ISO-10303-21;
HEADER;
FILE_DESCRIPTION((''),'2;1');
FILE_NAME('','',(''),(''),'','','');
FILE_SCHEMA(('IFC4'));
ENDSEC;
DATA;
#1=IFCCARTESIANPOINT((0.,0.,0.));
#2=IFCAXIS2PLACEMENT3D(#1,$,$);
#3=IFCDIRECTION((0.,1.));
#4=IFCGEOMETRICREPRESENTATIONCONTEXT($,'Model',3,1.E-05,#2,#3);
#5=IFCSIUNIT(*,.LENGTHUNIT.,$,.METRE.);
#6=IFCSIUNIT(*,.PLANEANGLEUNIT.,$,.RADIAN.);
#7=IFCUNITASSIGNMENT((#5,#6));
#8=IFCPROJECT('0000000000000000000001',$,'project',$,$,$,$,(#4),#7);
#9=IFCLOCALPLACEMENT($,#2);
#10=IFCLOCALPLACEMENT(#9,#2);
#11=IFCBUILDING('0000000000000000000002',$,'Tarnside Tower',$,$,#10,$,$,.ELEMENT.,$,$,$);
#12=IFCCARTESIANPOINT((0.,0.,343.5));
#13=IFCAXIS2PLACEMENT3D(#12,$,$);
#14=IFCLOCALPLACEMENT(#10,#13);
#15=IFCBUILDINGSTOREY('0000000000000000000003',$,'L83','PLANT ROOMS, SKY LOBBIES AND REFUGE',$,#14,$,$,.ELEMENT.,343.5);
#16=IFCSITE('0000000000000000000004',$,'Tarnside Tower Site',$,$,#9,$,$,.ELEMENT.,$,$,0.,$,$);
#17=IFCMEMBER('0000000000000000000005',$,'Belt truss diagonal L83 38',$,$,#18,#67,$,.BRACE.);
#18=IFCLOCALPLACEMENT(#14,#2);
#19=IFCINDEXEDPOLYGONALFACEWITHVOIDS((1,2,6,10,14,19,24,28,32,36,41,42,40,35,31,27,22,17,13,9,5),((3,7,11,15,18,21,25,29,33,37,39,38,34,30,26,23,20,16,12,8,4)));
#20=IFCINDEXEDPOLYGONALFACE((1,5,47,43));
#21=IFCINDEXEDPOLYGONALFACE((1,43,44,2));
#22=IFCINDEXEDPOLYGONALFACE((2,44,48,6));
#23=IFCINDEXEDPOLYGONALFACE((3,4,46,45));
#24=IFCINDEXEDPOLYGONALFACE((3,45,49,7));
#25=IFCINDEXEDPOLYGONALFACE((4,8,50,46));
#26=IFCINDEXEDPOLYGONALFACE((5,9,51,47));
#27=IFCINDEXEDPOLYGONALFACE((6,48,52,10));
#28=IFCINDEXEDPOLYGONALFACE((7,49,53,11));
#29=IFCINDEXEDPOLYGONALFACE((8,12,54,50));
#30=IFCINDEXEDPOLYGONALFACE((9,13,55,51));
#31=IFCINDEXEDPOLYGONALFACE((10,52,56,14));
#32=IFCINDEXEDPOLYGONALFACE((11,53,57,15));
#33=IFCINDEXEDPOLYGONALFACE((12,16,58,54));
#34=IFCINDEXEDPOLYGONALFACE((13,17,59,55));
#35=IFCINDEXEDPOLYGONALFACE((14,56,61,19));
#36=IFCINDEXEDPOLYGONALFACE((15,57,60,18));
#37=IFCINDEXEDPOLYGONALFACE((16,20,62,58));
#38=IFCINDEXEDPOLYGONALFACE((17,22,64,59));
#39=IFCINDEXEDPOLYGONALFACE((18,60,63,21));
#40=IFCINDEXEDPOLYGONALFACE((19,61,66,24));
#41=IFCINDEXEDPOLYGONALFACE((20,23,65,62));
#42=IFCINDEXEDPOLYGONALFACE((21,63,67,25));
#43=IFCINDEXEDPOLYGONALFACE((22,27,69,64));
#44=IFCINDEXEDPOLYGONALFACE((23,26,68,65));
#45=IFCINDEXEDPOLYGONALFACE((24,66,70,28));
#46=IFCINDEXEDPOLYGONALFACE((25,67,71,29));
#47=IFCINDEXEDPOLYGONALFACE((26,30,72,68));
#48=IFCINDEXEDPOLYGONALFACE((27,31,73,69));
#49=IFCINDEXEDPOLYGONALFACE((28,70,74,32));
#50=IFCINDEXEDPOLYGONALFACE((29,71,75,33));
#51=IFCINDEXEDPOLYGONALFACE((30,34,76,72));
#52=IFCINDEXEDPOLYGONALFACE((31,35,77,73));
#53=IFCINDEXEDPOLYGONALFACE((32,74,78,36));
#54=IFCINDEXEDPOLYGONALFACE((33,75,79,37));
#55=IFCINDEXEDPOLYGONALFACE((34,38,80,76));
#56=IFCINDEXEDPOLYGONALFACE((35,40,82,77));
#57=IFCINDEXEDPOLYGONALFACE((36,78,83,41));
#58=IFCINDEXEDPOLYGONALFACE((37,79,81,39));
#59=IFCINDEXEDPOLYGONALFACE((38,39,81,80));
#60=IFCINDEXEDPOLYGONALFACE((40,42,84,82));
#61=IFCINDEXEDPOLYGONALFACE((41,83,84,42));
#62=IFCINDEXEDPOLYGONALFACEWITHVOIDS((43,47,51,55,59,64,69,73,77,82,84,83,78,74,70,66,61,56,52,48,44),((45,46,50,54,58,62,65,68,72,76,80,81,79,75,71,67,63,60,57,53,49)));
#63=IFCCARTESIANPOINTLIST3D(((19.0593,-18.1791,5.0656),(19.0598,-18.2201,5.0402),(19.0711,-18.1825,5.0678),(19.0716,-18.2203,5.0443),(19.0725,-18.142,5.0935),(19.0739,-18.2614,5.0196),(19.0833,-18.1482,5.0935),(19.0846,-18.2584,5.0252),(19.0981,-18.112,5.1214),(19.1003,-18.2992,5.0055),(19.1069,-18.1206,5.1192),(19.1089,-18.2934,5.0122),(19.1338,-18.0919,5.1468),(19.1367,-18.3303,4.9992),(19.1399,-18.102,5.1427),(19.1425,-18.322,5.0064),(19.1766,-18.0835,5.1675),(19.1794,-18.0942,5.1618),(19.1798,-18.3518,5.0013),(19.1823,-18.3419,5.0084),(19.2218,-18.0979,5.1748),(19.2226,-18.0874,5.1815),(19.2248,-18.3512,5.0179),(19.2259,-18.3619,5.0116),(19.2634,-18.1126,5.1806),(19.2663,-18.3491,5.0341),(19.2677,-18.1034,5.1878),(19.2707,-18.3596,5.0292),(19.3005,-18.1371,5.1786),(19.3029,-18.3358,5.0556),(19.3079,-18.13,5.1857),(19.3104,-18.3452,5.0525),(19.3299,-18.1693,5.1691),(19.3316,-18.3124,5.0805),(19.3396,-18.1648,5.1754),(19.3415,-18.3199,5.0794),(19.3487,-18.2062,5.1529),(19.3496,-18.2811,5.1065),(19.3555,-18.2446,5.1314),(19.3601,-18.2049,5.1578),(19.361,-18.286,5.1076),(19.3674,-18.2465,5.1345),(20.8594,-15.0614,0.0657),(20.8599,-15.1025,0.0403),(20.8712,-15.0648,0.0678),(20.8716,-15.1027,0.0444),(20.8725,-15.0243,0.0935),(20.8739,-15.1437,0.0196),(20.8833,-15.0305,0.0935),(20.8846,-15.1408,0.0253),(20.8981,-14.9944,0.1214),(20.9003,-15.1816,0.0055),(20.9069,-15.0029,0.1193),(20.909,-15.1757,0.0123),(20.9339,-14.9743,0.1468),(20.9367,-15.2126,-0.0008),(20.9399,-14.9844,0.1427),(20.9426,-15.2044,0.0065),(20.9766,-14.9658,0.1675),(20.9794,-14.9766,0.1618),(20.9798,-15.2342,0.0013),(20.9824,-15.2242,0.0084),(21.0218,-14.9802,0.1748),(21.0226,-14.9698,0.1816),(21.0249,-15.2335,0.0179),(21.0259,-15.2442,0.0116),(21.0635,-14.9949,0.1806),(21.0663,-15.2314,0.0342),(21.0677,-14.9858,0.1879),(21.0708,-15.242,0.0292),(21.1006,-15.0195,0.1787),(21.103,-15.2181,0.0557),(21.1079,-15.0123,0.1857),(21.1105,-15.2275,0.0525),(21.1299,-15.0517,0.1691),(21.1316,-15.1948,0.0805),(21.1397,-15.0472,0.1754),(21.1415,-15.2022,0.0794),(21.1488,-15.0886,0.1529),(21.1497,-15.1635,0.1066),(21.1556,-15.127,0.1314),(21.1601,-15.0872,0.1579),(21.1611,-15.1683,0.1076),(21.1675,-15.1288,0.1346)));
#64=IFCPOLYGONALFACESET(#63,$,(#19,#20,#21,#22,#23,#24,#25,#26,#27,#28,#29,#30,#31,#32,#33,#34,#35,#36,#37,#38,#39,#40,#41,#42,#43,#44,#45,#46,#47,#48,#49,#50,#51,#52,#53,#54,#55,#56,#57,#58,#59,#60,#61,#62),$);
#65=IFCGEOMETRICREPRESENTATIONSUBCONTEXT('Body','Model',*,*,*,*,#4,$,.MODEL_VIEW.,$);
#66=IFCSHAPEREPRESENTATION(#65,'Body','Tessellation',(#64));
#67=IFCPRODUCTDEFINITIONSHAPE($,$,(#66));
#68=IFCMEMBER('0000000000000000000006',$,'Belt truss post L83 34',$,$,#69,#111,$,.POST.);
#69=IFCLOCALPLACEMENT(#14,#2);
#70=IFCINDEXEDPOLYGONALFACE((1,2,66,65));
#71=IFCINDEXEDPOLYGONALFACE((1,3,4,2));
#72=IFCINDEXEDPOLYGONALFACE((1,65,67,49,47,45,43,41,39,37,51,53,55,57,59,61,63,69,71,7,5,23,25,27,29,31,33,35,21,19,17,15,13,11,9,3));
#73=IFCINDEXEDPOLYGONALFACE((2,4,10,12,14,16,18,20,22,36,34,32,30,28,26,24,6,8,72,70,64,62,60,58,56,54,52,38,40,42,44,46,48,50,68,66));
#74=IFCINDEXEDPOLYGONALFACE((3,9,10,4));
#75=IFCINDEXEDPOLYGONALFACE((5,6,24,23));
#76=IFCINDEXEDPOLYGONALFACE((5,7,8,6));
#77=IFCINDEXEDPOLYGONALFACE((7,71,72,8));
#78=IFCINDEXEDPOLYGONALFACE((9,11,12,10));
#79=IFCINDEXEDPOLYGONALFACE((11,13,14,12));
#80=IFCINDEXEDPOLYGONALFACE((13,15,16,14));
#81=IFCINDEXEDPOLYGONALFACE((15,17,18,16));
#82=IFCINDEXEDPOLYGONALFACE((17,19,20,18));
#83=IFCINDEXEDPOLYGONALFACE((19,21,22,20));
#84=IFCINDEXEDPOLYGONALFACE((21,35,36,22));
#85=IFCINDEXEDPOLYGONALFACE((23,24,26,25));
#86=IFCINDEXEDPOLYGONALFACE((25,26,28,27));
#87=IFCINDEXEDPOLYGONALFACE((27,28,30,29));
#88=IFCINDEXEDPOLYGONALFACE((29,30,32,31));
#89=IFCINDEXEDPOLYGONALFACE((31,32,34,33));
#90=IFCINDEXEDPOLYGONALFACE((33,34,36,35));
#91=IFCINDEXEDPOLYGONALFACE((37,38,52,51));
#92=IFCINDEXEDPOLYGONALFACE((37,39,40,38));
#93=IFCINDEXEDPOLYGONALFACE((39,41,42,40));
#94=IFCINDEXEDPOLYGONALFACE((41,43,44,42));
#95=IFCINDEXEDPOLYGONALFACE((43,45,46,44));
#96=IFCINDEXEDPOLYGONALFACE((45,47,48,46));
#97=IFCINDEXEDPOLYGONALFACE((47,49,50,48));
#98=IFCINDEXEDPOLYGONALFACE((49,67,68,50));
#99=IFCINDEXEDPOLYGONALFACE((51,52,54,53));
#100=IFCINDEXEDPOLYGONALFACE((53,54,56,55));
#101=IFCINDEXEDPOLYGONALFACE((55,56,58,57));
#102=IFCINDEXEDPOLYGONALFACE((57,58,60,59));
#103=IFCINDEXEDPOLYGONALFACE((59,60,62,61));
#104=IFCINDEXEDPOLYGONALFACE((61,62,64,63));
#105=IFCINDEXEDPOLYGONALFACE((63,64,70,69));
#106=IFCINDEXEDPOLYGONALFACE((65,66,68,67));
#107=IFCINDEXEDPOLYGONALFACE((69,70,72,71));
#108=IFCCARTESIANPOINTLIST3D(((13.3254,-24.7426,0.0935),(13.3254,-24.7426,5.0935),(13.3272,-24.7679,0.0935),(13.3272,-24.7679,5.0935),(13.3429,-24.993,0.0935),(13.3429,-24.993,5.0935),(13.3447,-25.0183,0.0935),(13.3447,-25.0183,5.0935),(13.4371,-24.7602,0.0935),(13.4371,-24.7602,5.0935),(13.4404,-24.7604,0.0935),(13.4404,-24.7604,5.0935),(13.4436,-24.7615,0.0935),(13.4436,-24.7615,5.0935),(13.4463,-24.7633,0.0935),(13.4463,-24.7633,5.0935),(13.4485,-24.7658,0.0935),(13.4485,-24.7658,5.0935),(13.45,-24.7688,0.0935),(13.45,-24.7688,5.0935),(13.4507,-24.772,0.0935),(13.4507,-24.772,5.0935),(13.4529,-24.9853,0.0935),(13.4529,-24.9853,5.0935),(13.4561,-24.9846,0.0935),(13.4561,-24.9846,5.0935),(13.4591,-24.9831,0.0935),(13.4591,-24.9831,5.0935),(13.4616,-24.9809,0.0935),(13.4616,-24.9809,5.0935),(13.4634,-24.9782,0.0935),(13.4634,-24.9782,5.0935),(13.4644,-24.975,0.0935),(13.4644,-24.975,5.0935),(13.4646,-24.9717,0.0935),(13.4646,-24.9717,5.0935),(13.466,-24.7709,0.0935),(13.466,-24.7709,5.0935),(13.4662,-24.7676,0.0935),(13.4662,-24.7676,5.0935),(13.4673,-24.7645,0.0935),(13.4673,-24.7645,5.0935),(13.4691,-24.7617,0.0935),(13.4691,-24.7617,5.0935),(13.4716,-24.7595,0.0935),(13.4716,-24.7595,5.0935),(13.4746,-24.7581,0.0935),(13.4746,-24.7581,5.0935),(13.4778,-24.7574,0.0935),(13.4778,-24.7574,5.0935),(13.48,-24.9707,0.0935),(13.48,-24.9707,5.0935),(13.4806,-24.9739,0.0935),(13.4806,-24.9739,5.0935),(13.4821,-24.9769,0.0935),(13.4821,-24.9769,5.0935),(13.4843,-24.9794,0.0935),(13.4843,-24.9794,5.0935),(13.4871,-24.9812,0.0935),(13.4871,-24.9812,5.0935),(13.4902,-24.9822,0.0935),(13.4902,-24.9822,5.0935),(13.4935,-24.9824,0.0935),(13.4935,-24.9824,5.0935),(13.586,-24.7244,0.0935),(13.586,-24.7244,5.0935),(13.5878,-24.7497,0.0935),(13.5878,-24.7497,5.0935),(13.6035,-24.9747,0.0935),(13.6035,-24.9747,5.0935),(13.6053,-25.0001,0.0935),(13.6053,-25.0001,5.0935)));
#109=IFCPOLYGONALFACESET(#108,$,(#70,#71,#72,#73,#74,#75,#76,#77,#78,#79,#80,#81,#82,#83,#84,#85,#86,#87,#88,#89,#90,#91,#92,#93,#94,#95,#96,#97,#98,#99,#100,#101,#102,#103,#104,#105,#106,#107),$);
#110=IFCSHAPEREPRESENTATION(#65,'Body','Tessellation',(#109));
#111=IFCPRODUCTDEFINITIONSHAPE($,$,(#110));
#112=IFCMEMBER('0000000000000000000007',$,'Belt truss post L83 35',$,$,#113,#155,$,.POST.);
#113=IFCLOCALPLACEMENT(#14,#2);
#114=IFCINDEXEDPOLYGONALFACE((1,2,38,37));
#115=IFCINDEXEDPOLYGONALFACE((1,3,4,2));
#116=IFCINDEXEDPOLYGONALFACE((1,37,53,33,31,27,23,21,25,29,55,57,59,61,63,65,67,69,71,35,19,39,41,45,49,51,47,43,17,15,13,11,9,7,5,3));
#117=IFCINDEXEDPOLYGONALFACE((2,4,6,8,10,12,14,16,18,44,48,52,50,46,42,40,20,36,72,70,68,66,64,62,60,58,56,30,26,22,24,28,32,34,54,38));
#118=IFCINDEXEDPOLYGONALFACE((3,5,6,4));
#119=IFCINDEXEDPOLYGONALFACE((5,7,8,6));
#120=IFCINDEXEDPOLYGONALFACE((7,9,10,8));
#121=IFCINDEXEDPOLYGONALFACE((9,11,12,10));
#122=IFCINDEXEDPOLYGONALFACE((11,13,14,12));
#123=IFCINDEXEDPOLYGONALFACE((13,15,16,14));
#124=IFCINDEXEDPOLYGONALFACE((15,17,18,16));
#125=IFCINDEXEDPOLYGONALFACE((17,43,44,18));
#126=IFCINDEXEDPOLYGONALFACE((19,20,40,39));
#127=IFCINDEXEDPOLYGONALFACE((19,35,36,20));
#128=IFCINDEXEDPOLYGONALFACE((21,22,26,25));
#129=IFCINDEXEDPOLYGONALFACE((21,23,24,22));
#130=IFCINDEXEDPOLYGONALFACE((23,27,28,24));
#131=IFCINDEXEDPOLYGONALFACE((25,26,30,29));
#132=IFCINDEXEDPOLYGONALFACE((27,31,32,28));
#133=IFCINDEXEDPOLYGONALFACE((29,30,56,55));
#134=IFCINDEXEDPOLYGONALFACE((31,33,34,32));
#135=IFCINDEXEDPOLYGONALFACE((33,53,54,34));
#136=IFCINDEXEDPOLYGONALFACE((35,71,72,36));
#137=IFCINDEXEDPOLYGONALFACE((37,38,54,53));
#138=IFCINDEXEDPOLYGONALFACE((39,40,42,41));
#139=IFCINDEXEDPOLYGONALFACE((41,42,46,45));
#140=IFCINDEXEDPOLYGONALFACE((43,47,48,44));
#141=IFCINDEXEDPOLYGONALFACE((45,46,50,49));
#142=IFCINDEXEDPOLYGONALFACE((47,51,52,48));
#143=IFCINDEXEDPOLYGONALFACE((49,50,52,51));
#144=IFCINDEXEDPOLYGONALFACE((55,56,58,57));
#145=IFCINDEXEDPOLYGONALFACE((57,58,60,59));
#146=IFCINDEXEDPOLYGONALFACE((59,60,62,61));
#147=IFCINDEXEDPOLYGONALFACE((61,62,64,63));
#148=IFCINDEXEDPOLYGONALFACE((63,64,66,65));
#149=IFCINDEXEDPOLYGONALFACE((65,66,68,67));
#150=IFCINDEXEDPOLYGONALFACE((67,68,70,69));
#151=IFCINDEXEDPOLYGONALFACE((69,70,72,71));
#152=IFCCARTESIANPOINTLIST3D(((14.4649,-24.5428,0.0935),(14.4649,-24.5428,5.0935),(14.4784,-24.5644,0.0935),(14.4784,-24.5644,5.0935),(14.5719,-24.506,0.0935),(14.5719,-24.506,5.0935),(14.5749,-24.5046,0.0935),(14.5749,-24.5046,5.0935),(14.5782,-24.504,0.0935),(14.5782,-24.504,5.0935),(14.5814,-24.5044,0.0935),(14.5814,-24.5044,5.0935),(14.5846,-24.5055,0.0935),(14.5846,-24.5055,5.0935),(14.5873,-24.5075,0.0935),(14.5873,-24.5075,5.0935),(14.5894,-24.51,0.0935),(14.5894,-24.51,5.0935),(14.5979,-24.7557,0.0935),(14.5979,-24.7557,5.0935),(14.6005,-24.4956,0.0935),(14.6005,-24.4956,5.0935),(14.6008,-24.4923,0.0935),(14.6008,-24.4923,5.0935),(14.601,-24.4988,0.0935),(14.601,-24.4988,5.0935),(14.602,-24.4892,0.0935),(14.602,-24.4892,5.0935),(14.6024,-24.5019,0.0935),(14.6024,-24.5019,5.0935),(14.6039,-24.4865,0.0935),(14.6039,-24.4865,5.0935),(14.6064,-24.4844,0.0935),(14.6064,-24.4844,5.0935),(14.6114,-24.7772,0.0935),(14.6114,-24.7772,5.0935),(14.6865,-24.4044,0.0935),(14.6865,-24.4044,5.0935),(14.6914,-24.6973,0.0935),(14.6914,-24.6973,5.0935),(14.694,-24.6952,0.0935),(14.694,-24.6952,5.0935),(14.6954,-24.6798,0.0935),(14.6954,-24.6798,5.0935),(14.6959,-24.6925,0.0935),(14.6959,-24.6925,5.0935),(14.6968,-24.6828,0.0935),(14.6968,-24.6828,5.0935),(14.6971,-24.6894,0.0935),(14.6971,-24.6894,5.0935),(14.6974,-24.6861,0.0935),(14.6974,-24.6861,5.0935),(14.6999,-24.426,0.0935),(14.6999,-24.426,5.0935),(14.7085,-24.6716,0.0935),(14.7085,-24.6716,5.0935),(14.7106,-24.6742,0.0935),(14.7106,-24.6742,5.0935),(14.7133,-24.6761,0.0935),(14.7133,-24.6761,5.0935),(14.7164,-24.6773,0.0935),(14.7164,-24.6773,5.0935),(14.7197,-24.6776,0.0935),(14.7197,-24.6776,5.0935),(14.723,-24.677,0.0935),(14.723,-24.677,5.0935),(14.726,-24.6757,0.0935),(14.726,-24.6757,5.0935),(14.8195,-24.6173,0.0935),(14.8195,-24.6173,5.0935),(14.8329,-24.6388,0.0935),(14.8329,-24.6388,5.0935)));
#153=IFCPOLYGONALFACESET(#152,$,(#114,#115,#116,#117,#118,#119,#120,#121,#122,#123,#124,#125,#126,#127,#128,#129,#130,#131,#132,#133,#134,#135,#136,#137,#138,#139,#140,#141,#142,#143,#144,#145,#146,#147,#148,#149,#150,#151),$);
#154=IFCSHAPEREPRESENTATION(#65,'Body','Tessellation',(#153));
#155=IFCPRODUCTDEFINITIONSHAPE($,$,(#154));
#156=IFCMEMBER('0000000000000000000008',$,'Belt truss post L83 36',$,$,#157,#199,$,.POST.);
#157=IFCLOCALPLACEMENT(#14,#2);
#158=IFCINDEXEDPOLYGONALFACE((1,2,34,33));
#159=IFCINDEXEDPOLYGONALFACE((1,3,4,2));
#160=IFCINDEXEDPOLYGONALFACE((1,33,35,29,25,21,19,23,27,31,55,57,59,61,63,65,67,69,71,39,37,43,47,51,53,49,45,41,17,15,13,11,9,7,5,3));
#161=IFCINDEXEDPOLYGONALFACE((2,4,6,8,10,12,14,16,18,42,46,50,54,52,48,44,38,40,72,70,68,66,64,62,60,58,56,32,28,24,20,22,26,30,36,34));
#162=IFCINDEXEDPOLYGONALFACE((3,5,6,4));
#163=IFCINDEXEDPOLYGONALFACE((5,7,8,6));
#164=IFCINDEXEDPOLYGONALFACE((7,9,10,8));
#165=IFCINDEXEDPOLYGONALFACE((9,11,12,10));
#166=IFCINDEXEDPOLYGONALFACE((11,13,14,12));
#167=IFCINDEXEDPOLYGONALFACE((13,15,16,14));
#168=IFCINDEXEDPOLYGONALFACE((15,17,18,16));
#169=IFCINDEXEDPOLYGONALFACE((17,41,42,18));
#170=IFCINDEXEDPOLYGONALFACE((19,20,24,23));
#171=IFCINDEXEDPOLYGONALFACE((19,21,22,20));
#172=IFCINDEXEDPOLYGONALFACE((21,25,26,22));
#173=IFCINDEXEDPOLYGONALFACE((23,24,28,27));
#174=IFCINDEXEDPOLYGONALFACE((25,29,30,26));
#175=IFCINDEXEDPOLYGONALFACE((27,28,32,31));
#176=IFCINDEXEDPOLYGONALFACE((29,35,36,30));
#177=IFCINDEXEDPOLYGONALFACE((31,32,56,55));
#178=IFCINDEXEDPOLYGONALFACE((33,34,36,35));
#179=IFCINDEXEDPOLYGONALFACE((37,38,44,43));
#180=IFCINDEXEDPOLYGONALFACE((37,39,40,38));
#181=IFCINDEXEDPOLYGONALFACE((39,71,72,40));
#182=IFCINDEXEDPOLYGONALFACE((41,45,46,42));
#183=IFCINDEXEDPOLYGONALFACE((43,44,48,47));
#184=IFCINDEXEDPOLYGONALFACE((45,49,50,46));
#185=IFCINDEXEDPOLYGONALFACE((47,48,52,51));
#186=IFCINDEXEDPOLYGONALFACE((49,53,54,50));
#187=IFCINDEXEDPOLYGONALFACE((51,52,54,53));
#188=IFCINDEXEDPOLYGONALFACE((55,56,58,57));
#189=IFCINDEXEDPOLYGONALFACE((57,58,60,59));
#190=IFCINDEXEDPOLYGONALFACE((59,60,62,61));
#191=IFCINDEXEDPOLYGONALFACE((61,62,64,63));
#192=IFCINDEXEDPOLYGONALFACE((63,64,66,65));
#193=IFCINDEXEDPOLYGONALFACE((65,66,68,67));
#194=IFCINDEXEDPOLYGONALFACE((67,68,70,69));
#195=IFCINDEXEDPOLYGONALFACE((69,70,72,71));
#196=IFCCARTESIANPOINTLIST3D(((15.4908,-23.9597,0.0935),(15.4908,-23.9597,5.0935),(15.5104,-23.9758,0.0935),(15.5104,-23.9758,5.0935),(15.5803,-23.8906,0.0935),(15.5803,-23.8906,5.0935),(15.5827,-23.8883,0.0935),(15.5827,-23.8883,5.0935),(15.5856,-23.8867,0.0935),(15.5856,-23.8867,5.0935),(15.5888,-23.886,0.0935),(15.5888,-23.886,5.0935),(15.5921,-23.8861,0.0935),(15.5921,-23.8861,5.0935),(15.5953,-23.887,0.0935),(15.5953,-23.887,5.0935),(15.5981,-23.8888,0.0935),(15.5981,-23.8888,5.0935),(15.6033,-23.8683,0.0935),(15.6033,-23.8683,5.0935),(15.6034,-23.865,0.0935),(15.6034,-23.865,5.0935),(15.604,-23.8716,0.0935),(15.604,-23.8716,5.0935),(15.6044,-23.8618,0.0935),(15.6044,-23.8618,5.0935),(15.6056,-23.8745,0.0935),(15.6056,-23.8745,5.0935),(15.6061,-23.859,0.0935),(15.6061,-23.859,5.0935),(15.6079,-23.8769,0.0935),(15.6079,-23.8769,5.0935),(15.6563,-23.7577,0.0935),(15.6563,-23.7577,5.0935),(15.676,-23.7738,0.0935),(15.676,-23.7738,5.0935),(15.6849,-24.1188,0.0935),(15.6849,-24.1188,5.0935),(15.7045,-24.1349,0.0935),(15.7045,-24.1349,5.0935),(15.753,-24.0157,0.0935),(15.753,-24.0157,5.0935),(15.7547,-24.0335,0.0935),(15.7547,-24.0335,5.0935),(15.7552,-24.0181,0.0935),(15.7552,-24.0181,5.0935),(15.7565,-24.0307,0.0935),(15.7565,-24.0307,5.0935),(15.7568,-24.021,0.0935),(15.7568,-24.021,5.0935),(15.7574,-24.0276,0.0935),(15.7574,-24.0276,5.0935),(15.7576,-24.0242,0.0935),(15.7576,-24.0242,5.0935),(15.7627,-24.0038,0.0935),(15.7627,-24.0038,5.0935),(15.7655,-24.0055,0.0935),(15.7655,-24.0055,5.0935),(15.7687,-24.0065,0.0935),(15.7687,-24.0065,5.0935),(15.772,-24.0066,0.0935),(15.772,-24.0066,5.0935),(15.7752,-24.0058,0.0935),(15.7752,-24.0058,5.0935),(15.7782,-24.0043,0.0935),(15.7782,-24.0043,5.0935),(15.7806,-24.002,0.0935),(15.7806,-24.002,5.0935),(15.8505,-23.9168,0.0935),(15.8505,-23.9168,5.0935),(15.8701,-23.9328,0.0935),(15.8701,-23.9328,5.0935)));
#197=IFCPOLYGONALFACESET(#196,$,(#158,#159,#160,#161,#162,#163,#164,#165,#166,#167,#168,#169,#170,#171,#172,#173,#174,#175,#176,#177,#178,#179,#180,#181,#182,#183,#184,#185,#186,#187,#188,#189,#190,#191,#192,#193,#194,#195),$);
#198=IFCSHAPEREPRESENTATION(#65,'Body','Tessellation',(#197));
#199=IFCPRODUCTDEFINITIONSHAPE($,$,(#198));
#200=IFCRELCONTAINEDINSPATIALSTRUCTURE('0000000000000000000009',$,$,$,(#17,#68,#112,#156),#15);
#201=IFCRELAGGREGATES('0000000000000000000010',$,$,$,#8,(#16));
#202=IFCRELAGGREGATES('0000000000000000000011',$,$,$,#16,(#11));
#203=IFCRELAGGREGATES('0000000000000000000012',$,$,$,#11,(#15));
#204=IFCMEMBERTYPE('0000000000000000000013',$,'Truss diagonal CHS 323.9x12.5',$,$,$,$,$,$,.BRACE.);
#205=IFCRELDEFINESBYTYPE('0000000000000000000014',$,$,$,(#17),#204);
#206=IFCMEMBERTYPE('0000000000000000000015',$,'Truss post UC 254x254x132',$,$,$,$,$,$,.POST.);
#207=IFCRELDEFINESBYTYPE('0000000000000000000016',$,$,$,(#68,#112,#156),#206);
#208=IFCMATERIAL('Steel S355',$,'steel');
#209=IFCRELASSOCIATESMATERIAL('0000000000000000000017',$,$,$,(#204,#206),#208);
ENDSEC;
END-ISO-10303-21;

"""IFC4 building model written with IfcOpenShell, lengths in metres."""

from ifc_helpers import new_model, si_unit, direction, frame, origin, origin_2d, place, context, subcontext, project, spatial, hollow_circle, i_section, extrude, material, material_profile, profile_set, type_object, element, save


model = new_model("IFC4")

# Units and contexts
model_context = context("Model", 3, precision=1e-05, world=origin(), true_north=direction((0.0, 1.0)))
body_context = subcontext(model_context, "Body", "Model", "MODEL_VIEW")
ifc_project = project(units=[si_unit("LENGTHUNIT", "METRE"), si_unit("PLANEANGLEUNIT", "RADIAN")], contexts=[model_context])

# Site, building, storey
site_placement = place(None, origin())
site = spatial("IfcSite", under=ifc_project, at=site_placement, Name="Tarnside Tower Site", CompositionType="ELEMENT", RefElevation=0.0)
building_placement = place(site_placement, origin())
building = spatial("IfcBuilding", under=site, at=building_placement, Name="Tarnside Tower", CompositionType="ELEMENT")
storey_placement = place(building_placement, frame((0.0, 0.0, 343.5)))
storey = spatial("IfcBuildingStorey", under=building, at=storey_placement, Name="L83", Description="PLANT ROOMS, SKY LOBBIES AND REFUGE", CompositionType="ELEMENT", Elevation=343.5)

# Shared definitions
ifc_material_1 = material(Name="Steel S355", Category="steel")

# Members
ifc_material_profile_1 = material_profile(ifc_material_1, hollow_circle(Radius=0.1619, WallThickness=0.0125, at=origin_2d()), Name="CHS 323.9x12.5")
ifc_profile_set_1 = profile_set([ifc_material_profile_1], Name="Steel S355")
member_type_1 = type_object("IfcMemberType", Name="Truss diagonal CHS 323.9x12.5", PredefinedType="BRACE", material=ifc_profile_set_1)
member_1_placement = place(storey_placement, frame((19.2126, -18.2229, 5.0935), z_axis=(0.29216, 0.50602, -0.811534), x_axis=(-0.866018, 0.500012, 0.0)))
element("IfcMember", 1, at=member_1_placement, inside=storey, type_object=member_type_1, Name="Belt truss diagonal L83 38", PredefinedType="BRACE", context=body_context, shape_type="SweptSolid", body=[
    extrude(hollow_circle(Radius=0.1619, WallThickness=0.0125, at=origin_2d()), origin(), (0.0, 0.0, 1.0), 6.1611),
])
ifc_material_profile_2 = material_profile(ifc_material_1, i_section(OverallWidth=0.2612, OverallDepth=0.2764, WebThickness=0.0154, FlangeThickness=0.0254, FilletRadius=0.0127, at=origin_2d()), Name="UC 254x254x132")
ifc_profile_set_2 = profile_set([ifc_material_profile_2], Name="Steel S355")
member_type_2 = type_object("IfcMemberType", Name="Truss post UC 254x254x132", PredefinedType="POST", material=ifc_profile_set_2)
for number, where, z_axis, x_axis, name in (
    (2, (13.4653, -24.8713, 0.0935), (0.0, 0.0, 1.0), (0.997564, 0.069756, 0.0), "Belt truss post L83 34"),
    (3, (14.6489, -24.5908, 0.0935), (0.0, 0.0, 1.0), (0.848048, 0.529919, 0.0), "Belt truss post L83 35"),
    (4, (15.6804, -23.9463, 0.0935), (0.0, 0.0, 1.0), (0.633831, 0.773472, 0.0), "Belt truss post L83 36"),
):
    element("IfcMember", number, at=place(storey_placement, frame(where, z_axis=z_axis, x_axis=x_axis)), inside=storey, type_object=member_type_2, Name=name, PredefinedType="POST", context=body_context, shape_type="SweptSolid", body=[
        extrude(i_section(OverallWidth=0.2612, OverallDepth=0.2764, WebThickness=0.0154, FlangeThickness=0.0254, FilletRadius=0.0127, at=origin_2d()), origin(), (0.0, 0.0, 1.0), 5.0),
    ])

save(model, "model.ifc")
